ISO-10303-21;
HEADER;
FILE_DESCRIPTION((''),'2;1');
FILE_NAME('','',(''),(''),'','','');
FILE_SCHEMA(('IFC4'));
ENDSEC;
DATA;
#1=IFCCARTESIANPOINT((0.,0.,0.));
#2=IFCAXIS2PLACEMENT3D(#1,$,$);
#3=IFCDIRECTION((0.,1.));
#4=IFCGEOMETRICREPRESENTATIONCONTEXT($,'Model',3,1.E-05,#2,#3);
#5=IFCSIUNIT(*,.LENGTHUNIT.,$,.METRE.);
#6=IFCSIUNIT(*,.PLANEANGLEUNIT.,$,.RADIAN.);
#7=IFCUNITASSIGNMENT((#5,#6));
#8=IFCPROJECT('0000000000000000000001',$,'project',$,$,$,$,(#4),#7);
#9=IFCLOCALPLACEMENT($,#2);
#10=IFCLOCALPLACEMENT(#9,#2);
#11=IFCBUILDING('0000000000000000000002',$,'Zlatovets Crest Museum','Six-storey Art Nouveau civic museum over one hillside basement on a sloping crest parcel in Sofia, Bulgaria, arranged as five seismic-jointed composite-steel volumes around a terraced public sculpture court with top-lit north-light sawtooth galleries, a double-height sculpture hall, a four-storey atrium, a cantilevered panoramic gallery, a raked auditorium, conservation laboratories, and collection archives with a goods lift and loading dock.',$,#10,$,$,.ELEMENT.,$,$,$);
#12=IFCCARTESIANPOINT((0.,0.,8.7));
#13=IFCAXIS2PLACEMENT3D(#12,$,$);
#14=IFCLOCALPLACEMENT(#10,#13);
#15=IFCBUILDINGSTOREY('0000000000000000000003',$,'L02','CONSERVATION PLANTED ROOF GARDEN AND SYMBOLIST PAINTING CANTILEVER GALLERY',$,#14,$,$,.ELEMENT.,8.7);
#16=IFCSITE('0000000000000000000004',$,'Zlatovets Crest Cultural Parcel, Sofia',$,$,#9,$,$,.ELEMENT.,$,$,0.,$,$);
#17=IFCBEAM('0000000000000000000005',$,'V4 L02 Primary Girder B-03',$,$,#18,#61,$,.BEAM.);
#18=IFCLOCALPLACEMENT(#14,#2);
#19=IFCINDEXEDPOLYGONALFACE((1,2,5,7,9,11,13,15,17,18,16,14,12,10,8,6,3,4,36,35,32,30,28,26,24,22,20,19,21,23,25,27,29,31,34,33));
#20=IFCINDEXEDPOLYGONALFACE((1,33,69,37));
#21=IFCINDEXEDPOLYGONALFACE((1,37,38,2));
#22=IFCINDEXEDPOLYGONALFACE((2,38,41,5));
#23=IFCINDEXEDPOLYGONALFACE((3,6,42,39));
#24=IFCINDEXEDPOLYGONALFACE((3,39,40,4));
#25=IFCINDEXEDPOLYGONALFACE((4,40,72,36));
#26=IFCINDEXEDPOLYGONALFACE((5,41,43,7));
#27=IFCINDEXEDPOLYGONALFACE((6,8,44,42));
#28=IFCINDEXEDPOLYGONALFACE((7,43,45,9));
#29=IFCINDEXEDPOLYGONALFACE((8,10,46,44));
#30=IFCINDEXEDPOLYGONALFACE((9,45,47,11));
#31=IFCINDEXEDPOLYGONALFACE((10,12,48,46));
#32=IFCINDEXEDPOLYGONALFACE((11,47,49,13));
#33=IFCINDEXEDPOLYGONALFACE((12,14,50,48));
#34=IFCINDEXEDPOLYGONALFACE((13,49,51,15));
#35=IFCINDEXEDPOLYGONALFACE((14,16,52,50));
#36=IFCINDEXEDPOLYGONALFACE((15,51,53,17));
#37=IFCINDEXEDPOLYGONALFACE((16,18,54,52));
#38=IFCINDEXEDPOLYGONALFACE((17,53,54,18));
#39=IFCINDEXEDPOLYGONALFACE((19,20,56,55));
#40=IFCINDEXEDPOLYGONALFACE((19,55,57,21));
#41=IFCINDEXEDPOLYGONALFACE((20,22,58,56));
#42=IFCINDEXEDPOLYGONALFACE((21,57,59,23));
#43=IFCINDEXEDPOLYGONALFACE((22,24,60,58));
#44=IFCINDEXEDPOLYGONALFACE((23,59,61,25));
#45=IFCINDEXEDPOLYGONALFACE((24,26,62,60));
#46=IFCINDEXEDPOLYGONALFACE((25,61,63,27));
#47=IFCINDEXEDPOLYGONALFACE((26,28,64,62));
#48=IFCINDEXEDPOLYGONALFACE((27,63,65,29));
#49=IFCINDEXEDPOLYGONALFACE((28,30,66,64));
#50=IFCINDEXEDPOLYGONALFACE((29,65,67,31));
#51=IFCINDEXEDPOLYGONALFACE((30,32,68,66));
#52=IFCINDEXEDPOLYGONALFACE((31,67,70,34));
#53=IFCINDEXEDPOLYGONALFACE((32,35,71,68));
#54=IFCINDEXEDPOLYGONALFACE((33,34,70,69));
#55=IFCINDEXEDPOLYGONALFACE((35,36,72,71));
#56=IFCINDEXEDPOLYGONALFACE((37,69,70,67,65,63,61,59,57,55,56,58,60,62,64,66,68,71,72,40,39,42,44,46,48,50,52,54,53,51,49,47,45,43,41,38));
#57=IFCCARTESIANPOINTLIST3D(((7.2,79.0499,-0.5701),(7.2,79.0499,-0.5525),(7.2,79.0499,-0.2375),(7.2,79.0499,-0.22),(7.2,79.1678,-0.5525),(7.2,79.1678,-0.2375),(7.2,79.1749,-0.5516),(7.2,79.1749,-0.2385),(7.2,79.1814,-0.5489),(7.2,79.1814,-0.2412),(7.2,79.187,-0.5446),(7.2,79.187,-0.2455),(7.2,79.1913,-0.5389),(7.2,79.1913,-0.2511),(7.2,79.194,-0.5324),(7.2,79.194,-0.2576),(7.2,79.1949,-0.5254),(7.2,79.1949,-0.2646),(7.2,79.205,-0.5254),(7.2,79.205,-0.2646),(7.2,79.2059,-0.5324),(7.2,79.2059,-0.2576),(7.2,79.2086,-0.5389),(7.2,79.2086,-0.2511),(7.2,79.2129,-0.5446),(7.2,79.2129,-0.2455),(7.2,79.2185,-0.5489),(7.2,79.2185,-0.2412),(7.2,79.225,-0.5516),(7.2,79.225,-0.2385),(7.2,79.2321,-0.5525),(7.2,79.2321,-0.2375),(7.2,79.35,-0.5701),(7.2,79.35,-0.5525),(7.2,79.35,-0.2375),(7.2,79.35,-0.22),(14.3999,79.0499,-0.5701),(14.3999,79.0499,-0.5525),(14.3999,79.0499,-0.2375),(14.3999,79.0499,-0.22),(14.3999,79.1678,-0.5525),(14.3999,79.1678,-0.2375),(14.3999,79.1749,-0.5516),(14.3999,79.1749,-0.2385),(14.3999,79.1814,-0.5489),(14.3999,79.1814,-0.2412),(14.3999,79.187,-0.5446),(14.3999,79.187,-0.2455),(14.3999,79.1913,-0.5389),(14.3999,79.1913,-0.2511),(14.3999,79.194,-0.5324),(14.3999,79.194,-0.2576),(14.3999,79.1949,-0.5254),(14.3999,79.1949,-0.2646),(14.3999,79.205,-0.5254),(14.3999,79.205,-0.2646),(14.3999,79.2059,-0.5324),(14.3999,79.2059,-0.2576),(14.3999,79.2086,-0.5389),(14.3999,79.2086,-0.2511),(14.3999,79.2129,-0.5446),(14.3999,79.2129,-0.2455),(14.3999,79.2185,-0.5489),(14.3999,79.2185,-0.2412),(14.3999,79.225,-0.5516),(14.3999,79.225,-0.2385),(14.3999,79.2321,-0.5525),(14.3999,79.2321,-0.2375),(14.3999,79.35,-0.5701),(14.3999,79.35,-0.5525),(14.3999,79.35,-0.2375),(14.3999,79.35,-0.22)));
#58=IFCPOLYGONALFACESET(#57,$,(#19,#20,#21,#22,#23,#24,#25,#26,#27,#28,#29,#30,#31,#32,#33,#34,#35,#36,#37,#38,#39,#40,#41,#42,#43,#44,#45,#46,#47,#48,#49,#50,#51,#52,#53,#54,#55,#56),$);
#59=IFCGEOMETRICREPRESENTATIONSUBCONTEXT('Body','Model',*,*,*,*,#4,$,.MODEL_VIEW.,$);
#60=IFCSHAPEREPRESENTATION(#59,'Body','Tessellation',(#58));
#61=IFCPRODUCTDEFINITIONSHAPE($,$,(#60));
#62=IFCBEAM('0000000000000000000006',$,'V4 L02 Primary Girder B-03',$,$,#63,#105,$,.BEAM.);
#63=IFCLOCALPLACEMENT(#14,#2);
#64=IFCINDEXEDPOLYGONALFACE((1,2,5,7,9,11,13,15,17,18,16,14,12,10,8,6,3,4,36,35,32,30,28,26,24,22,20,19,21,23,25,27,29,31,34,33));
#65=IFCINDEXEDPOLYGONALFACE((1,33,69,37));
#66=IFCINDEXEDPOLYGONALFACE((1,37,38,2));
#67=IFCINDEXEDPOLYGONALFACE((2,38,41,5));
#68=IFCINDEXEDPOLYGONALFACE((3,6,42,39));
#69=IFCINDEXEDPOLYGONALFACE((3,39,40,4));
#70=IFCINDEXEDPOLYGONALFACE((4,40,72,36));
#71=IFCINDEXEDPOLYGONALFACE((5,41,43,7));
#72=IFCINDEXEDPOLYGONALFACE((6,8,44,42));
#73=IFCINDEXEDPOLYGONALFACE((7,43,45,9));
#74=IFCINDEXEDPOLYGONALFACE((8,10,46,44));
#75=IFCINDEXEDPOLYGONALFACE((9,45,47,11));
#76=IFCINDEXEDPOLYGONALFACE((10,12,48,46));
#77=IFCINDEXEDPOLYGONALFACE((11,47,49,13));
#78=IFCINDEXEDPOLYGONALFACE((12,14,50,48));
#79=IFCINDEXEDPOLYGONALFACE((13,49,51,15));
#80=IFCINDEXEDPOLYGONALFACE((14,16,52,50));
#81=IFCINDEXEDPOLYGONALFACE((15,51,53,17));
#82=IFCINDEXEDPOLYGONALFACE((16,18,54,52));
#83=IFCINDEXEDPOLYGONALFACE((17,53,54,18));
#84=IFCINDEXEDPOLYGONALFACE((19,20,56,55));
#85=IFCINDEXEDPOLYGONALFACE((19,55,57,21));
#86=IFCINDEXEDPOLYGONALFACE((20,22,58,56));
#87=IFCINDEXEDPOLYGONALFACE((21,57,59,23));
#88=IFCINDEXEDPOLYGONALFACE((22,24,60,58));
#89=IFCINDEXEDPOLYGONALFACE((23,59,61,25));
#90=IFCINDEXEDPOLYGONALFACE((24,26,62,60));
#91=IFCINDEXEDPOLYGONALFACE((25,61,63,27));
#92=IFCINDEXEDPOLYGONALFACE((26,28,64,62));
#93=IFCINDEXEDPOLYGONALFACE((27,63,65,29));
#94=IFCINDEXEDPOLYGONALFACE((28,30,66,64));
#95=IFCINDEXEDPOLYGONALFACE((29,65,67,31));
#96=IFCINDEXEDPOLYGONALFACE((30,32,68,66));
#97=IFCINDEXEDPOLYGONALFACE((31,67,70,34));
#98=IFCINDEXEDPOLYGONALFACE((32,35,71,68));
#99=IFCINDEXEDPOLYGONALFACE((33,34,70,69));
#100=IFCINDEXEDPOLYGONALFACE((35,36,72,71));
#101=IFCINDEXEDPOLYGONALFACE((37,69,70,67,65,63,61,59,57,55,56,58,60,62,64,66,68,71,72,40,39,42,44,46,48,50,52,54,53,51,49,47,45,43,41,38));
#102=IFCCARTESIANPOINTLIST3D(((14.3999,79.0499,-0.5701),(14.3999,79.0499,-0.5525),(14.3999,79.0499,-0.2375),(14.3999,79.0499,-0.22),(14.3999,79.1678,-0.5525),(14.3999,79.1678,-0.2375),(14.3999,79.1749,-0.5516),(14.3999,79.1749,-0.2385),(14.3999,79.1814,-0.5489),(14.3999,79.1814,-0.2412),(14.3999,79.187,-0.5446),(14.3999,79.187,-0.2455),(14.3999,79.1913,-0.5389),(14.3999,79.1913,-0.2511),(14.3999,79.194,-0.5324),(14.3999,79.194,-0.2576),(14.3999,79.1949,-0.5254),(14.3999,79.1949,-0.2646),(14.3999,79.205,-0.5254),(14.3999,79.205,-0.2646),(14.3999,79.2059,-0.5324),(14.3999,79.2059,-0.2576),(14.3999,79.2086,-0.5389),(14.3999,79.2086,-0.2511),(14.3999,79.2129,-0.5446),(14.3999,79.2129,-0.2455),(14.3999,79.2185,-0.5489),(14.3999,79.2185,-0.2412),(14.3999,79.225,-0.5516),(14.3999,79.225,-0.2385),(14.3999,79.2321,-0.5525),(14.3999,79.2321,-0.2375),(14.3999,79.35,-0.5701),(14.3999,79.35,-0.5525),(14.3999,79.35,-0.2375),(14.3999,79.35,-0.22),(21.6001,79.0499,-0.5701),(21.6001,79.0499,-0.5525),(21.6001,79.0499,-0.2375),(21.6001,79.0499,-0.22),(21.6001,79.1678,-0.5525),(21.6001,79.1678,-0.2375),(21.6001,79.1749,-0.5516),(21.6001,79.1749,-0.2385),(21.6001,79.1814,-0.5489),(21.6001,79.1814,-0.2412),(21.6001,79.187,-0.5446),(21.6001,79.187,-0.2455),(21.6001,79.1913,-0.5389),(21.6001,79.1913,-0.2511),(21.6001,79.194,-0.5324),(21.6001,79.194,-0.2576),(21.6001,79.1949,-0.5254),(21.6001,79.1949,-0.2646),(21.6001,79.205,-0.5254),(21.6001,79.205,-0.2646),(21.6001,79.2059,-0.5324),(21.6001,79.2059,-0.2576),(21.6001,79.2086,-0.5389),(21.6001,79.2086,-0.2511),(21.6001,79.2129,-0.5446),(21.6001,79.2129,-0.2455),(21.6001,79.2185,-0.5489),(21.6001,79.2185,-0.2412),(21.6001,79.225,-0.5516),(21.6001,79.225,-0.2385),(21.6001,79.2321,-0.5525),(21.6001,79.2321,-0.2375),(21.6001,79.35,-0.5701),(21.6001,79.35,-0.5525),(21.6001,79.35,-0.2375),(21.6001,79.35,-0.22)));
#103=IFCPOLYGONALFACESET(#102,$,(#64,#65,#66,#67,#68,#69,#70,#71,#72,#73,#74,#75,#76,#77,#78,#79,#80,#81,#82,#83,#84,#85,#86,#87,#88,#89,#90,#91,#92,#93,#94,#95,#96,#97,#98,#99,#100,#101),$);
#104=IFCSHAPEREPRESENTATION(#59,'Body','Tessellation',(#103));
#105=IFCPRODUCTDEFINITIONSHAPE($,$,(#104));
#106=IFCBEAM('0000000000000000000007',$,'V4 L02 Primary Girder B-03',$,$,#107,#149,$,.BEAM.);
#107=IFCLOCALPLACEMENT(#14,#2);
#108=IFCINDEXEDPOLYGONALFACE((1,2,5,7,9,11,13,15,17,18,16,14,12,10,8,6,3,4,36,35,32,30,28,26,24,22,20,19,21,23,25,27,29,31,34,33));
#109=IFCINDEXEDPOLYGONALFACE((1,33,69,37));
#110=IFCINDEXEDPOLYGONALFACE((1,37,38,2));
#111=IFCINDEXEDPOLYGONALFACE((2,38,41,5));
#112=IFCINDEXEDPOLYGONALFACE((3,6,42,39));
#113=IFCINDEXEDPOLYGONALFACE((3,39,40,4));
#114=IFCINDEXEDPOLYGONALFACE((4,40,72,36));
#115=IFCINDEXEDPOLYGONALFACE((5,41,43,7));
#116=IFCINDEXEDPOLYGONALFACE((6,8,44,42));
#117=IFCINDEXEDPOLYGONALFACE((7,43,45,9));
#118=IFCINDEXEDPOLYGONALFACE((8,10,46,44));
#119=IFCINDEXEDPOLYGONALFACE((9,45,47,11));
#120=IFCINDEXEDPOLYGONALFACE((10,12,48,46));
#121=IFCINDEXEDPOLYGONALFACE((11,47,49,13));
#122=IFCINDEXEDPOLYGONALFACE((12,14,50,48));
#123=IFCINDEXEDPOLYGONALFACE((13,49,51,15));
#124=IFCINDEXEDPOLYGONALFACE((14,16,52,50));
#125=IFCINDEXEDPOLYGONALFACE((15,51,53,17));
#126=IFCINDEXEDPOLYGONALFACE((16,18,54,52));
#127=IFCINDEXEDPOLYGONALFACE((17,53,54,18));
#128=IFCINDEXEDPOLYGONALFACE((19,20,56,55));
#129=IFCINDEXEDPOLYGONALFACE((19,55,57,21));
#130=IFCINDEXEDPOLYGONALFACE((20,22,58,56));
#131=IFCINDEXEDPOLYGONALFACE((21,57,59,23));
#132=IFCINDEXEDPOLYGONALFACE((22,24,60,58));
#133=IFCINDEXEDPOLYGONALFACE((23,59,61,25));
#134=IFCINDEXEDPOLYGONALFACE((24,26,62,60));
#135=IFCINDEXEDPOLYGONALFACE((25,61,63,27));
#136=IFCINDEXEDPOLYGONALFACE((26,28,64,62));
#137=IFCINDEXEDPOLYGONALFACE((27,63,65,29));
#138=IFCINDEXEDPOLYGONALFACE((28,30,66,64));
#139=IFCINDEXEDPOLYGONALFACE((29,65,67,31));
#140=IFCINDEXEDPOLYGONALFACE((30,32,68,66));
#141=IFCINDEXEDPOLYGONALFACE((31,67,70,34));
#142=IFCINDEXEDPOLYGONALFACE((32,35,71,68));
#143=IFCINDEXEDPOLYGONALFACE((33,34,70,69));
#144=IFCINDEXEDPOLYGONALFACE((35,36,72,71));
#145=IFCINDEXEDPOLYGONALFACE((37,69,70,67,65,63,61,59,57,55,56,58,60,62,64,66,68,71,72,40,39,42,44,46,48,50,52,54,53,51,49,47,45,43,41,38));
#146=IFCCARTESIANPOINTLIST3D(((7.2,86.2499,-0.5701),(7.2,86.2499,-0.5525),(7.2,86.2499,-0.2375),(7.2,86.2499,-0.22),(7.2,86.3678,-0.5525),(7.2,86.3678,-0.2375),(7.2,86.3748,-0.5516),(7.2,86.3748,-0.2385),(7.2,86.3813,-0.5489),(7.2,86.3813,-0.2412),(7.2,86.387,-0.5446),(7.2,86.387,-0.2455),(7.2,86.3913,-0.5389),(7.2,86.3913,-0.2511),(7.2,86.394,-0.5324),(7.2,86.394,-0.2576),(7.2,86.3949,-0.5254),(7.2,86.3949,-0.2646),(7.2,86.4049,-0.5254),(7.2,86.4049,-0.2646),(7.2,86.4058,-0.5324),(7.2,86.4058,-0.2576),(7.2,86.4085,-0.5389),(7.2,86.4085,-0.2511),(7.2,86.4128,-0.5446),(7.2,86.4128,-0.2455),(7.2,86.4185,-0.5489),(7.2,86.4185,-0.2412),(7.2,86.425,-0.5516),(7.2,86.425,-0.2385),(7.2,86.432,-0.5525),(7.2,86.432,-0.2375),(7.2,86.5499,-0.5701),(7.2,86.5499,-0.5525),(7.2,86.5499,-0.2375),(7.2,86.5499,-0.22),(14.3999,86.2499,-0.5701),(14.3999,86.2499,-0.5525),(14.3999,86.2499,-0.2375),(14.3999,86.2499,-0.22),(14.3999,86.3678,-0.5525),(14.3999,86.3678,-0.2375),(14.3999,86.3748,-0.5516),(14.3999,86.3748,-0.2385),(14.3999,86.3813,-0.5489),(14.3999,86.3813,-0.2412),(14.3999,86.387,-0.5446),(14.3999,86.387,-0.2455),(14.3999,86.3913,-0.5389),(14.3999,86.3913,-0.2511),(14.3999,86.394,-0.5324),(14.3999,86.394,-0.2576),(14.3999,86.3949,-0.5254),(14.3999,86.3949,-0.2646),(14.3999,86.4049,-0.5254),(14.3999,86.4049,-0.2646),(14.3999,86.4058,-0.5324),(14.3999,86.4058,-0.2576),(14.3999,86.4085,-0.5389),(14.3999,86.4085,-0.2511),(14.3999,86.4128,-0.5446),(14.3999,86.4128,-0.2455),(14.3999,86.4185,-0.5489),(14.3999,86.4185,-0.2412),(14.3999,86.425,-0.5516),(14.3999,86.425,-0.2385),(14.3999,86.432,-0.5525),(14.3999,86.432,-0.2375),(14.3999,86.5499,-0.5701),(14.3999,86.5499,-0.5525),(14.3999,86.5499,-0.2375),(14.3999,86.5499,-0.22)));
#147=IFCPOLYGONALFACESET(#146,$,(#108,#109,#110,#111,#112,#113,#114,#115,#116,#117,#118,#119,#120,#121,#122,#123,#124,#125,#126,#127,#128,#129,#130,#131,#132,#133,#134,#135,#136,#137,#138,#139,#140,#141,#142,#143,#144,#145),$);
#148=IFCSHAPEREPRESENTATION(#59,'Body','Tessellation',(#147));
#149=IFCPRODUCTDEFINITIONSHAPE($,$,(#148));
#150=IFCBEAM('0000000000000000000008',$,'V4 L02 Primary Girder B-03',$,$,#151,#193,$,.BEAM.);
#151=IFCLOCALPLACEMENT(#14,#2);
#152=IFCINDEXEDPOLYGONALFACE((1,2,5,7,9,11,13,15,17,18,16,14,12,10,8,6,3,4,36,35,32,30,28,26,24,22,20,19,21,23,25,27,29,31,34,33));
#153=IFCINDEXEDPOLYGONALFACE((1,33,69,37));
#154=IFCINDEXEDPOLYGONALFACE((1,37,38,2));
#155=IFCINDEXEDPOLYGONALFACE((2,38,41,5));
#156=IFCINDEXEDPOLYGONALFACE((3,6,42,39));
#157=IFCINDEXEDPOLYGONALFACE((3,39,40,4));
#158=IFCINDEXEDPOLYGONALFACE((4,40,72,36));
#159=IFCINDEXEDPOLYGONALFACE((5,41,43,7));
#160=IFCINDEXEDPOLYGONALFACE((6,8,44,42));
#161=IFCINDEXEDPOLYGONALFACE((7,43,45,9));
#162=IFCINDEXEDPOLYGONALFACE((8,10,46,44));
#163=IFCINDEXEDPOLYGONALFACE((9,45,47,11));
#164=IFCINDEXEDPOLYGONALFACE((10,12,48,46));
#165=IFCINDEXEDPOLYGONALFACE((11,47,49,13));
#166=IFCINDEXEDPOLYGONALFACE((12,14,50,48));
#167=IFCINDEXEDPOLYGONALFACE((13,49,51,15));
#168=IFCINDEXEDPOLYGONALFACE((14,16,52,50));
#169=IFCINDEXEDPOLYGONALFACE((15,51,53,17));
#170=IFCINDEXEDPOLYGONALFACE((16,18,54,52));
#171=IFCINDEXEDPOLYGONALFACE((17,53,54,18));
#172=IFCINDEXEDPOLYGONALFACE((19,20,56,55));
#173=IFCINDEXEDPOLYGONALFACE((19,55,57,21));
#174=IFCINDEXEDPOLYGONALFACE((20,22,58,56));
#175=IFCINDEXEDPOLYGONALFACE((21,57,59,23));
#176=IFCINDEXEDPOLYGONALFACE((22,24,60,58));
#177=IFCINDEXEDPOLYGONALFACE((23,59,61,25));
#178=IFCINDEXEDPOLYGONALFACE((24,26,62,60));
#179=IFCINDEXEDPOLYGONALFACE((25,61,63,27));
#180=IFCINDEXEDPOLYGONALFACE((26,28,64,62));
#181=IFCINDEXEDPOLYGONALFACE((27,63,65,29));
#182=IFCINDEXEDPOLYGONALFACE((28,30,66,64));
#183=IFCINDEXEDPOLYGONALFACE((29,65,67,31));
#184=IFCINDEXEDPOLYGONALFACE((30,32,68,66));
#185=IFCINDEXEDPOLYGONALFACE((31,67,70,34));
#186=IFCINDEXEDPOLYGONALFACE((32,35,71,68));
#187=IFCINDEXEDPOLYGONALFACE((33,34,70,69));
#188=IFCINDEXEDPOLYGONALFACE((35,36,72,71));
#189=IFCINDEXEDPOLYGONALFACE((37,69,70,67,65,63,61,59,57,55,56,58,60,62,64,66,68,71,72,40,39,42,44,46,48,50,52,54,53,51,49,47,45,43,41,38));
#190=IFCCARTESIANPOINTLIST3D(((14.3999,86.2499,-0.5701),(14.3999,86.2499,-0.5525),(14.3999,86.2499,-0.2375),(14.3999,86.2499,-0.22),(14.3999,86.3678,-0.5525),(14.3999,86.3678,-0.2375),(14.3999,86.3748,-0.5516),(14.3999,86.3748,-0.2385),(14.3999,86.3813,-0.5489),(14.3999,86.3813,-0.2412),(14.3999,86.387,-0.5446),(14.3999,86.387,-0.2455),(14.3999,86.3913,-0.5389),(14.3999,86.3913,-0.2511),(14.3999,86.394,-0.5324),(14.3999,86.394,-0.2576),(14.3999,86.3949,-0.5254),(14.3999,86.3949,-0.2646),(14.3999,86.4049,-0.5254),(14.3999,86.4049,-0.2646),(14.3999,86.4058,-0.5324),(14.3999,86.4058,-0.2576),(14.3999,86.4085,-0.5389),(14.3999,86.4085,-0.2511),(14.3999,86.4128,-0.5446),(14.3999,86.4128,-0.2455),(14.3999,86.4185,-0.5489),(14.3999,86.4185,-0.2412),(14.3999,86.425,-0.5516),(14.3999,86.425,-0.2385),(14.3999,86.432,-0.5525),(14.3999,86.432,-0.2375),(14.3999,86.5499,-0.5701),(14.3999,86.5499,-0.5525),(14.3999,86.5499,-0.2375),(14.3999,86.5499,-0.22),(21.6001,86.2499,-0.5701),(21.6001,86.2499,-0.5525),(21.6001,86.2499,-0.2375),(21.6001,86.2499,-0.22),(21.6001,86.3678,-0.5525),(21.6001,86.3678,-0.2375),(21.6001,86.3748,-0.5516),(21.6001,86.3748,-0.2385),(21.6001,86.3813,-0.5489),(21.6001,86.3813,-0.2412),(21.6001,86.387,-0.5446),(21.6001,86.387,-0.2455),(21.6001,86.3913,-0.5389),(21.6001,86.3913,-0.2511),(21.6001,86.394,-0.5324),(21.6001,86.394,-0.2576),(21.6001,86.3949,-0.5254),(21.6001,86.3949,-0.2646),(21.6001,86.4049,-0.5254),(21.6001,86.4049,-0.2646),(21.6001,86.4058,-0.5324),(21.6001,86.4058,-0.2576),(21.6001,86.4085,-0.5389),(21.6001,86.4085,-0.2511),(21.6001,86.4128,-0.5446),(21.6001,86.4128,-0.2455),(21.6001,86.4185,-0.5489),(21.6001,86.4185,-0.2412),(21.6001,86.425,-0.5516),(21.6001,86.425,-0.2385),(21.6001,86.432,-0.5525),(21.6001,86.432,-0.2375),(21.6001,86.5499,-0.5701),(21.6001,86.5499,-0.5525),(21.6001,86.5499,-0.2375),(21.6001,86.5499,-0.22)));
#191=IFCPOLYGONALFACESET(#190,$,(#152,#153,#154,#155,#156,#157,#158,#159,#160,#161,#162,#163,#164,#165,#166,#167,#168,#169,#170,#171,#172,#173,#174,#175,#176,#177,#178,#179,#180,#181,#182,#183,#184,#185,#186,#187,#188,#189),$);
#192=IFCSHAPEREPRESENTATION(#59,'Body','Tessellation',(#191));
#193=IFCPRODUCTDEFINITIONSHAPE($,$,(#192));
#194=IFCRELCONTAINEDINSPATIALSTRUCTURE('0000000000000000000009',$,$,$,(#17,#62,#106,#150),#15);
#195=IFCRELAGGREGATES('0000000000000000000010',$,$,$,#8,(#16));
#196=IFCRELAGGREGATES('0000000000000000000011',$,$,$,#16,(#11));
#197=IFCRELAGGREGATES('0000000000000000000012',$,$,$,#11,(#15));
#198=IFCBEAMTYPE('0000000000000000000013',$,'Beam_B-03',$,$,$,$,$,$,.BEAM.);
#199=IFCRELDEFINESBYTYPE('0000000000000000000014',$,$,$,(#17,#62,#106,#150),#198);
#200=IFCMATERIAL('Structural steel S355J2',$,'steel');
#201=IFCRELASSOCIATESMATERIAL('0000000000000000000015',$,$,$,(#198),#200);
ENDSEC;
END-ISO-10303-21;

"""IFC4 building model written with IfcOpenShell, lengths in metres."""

from ifc_helpers import new_model, si_unit, direction, frame, origin, origin_2d, place, context, subcontext, project, spatial, i_section, extrude, material, material_profile, profile_set, type_object, element, save


model = new_model("IFC4")

# Units and contexts
model_context = context("Model", 3, precision=1e-05, world=origin(), true_north=direction((0.0, 1.0)))
body_context = subcontext(model_context, "Body", "Model", "MODEL_VIEW")
ifc_project = project(units=[si_unit("LENGTHUNIT", "METRE"), si_unit("PLANEANGLEUNIT", "RADIAN")], contexts=[model_context])

# Site, building, storey
site_placement = place(None, origin())
site = spatial("IfcSite", under=ifc_project, at=site_placement, Name="Zlatovets Crest Cultural Parcel, Sofia", CompositionType="ELEMENT", RefElevation=0.0)
building_placement = place(site_placement, origin())
building = spatial("IfcBuilding", under=site, at=building_placement, Name="Zlatovets Crest Museum", Description="Six-storey Art Nouveau civic museum over one hillside basement on a sloping crest parcel in Sofia, Bulgaria, arranged as five seismic-jointed composite-steel volumes around a terraced public sculpture court with top-lit north-light sawtooth galleries, a double-height sculpture hall, a four-storey atrium, a cantilevered panoramic gallery, a raked auditorium, conservation laboratories, and collection archives with a goods lift and loading dock.", CompositionType="ELEMENT")
storey_placement = place(building_placement, frame((0.0, 0.0, 8.7)))
storey = spatial("IfcBuildingStorey", under=building, at=storey_placement, Name="L02", Description="CONSERVATION PLANTED ROOF GARDEN AND SYMBOLIST PAINTING CANTILEVER GALLERY", CompositionType="ELEMENT", Elevation=8.7)

# Shared definitions
ifc_material = material(Name="Structural steel S355J2", Category="steel")

# Beams
ifc_material_profile_1 = material_profile(ifc_material, i_section(OverallWidth=0.3, OverallDepth=0.3501, WebThickness=0.01, FlangeThickness=0.0176, FilletRadius=0.0271, at=origin_2d()), Name="HEA 360")
ifc_profile_set_1 = profile_set([ifc_material_profile_1], Name="Structural steel S355J2")
beam_type_1 = type_object("IfcBeamType", Name="Beam_B-03", PredefinedType="BEAM", material=ifc_profile_set_1)
for number, where, z_axis, x_axis, name in (
    (1, (7.2, 79.2, -0.395), (1.0, 0.0, 0.0), (0.0, 1.0, 0.0), "V4 L02 Primary Girder B-03"),
):
    element("IfcBeam", number, at=place(storey_placement, frame(where, z_axis=z_axis, x_axis=x_axis)), inside=storey, type_object=beam_type_1, Name=name, PredefinedType="BEAM", context=body_context, shape_type="SweptSolid", body=[
        extrude(i_section(OverallWidth=0.3, OverallDepth=0.3501, WebThickness=0.01, FlangeThickness=0.0176, FilletRadius=0.0271, at=origin_2d()), origin(), (0.0, 0.0, 1.0), 7.2),
    ])
beam_1_placement = place(storey_placement, frame((14.3999, 79.2, -0.395), z_axis=(1.0, 0.0, 0.0), x_axis=(0.0, 1.0, 0.0)))
element("IfcBeam", 2, at=beam_1_placement, inside=storey, type_object=beam_type_1, Name="V4 L02 Primary Girder B-03", PredefinedType="BEAM", context=body_context, shape_type="SweptSolid", body=[
    extrude(i_section(OverallWidth=0.3, OverallDepth=0.3501, WebThickness=0.01, FlangeThickness=0.0176, FilletRadius=0.0271, at=origin_2d()), origin(), (0.0, 0.0, 1.0), 7.2002),
])
beam_2_placement = place(storey_placement, frame((7.2, 86.3999, -0.395), z_axis=(1.0, 0.0, 0.0), x_axis=(0.0, 1.0, 0.0)))
element("IfcBeam", 3, at=beam_2_placement, inside=storey, type_object=beam_type_1, Name="V4 L02 Primary Girder B-03", PredefinedType="BEAM", context=body_context, shape_type="SweptSolid", body=[
    extrude(i_section(OverallWidth=0.3, OverallDepth=0.3501, WebThickness=0.01, FlangeThickness=0.0176, FilletRadius=0.0271, at=origin_2d()), origin(), (0.0, 0.0, 1.0), 7.2),
])
beam_3_placement = place(storey_placement, frame((14.3999, 86.3999, -0.395), z_axis=(1.0, 0.0, 0.0), x_axis=(0.0, 1.0, 0.0)))
element("IfcBeam", 4, at=beam_3_placement, inside=storey, type_object=beam_type_1, Name="V4 L02 Primary Girder B-03", PredefinedType="BEAM", context=body_context, shape_type="SweptSolid", body=[
    extrude(i_section(OverallWidth=0.3, OverallDepth=0.3501, WebThickness=0.01, FlangeThickness=0.0176, FilletRadius=0.0271, at=origin_2d()), origin(), (0.0, 0.0, 1.0), 7.2002),
])

save(model, "model.ifc")
